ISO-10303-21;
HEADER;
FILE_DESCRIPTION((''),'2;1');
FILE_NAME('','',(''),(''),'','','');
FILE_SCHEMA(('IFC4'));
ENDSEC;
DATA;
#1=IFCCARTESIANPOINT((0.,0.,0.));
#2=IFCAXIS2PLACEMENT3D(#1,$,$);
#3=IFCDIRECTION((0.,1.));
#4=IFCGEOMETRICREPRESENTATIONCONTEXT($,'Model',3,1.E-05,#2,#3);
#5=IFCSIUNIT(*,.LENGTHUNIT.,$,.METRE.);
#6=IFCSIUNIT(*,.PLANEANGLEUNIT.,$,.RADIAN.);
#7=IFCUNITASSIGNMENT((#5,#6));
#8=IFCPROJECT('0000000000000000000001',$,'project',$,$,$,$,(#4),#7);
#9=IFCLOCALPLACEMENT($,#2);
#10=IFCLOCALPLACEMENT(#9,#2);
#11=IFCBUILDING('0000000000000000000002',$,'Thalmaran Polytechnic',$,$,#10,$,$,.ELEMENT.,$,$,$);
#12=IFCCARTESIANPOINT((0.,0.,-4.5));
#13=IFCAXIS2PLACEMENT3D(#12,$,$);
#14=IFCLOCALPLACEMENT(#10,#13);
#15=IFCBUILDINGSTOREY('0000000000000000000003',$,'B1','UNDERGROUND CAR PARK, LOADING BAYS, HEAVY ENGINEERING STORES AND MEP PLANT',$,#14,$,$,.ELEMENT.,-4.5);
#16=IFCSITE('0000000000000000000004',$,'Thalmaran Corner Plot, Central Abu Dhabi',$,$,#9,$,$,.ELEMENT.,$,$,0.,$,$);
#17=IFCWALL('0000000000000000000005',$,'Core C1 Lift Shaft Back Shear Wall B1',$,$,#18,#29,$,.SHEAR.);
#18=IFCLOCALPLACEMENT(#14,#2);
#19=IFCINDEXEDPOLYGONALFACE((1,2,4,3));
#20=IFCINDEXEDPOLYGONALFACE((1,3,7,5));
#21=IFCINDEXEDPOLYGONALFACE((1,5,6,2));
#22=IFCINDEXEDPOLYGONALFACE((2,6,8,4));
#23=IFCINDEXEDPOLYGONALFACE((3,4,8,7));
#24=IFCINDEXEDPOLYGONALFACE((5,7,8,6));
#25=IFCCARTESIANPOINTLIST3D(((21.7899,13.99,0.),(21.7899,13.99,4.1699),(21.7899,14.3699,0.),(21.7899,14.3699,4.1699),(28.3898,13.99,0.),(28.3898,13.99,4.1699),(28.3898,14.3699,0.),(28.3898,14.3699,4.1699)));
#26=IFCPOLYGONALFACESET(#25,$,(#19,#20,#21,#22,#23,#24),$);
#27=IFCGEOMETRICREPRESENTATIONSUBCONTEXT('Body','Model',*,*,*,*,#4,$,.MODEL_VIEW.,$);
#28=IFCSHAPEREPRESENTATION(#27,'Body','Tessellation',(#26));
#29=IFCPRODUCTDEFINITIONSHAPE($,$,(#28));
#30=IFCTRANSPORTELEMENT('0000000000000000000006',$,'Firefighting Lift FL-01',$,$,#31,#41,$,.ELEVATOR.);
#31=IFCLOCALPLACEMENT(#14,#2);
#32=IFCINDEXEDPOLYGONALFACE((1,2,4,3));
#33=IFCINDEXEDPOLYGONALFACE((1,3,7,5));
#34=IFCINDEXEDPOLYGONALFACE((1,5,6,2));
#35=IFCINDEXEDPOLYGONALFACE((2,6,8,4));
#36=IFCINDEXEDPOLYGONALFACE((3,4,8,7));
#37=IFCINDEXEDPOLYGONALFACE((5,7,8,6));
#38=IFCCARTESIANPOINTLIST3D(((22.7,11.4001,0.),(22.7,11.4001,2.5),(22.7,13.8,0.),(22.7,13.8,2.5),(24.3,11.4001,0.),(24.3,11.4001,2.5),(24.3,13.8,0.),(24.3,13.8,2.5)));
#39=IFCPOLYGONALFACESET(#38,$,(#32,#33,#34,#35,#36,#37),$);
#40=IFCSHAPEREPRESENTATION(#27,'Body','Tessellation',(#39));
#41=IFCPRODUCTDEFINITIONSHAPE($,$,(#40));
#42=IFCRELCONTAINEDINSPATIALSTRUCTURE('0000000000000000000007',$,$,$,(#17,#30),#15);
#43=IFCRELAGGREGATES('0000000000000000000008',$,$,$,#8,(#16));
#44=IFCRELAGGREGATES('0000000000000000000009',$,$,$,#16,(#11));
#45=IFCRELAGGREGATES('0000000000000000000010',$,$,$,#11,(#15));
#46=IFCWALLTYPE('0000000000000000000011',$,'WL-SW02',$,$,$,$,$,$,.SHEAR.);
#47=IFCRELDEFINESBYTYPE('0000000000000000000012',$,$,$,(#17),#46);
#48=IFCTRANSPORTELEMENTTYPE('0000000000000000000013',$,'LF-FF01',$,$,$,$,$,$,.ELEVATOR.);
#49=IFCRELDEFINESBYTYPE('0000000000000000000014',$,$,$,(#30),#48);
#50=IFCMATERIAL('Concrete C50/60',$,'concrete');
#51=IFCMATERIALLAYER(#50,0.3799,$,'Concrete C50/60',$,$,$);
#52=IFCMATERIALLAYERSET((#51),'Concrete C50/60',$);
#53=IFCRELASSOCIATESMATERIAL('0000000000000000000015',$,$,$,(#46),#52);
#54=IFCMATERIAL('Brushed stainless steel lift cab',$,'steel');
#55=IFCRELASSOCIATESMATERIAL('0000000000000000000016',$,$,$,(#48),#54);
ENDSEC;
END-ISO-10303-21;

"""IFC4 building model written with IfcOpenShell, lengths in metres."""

from ifc_helpers import new_model, si_unit, direction, frame, frame_2d, origin, origin_2d, place, context, subcontext, project, spatial, rectangle, extrude, material, layer, layer_set, type_object, element, save


model = new_model("IFC4")

# Units and contexts
model_context = context("Model", 3, precision=1e-05, world=origin(), true_north=direction((0.0, 1.0)))
body_context = subcontext(model_context, "Body", "Model", "MODEL_VIEW")
ifc_project = project(units=[si_unit("LENGTHUNIT", "METRE"), si_unit("PLANEANGLEUNIT", "RADIAN")], contexts=[model_context])

# Site, building, storey
site_placement = place(None, origin())
site = spatial("IfcSite", under=ifc_project, at=site_placement, Name="Thalmaran Corner Plot, Central Abu Dhabi", CompositionType="ELEMENT", RefElevation=0.0)
building_placement = place(site_placement, origin())
building = spatial("IfcBuilding", under=site, at=building_placement, Name="Thalmaran Polytechnic", CompositionType="ELEMENT")
storey_placement = place(building_placement, frame((0.0, 0.0, -4.5)))
storey = spatial("IfcBuildingStorey", under=building, at=storey_placement, Name="B1", Description="UNDERGROUND CAR PARK, LOADING BAYS, HEAVY ENGINEERING STORES AND MEP PLANT", CompositionType="ELEMENT", Elevation=-4.5)

# Shared definitions
ifc_material_1 = material(Name="Concrete C50/60", Category="concrete")

# Wall
ifc_layer_1 = layer(ifc_material_1, 0.3799, Name="Concrete C50/60")
ifc_layer_set_1 = layer_set([ifc_layer_1], Name="Concrete C50/60")
wall_type_1 = type_object("IfcWallType", Name="WL-SW02", PredefinedType="SHEAR", material=ifc_layer_set_1)
wall_1_placement = place(storey_placement, frame((21.79, 14.1799, 0.0), z_axis=(0.0, 0.0, 1.0), x_axis=(1.0, 0.0, 0.0)))
element("IfcWall", 1, at=wall_1_placement, inside=storey, type_object=wall_type_1, Name="Core C1 Lift Shaft Back Shear Wall B1", PredefinedType="SHEAR", context=body_context, shape_type="SweptSolid", body=[
    extrude(rectangle(XDim=6.5999, YDim=0.3799, at=frame_2d((3.2998, 0.0))), origin(), (0.0, 0.0, 1.0), 4.1699),
])

# Transport element
ifc_material_2 = material(Name="Brushed stainless steel lift cab", Category="steel")
transport_element_type = type_object("IfcTransportElementType", Name="LF-FF01", PredefinedType="ELEVATOR", material=ifc_material_2)
transport_element_placement = place(storey_placement, frame((23.5, 12.6001, 0.0), z_axis=(0.0, 0.0, 1.0), x_axis=(1.0, 0.0, 0.0)))
element("IfcTransportElement", 2, at=transport_element_placement, inside=storey, type_object=transport_element_type, Name="Firefighting Lift FL-01", PredefinedType="ELEVATOR", context=body_context, shape_type="SweptSolid", body=[
    extrude(rectangle(XDim=1.6001, YDim=2.3999, at=origin_2d()), origin(), (0.0, 0.0, 1.0), 2.5),
])

save(model, "model.ifc")
